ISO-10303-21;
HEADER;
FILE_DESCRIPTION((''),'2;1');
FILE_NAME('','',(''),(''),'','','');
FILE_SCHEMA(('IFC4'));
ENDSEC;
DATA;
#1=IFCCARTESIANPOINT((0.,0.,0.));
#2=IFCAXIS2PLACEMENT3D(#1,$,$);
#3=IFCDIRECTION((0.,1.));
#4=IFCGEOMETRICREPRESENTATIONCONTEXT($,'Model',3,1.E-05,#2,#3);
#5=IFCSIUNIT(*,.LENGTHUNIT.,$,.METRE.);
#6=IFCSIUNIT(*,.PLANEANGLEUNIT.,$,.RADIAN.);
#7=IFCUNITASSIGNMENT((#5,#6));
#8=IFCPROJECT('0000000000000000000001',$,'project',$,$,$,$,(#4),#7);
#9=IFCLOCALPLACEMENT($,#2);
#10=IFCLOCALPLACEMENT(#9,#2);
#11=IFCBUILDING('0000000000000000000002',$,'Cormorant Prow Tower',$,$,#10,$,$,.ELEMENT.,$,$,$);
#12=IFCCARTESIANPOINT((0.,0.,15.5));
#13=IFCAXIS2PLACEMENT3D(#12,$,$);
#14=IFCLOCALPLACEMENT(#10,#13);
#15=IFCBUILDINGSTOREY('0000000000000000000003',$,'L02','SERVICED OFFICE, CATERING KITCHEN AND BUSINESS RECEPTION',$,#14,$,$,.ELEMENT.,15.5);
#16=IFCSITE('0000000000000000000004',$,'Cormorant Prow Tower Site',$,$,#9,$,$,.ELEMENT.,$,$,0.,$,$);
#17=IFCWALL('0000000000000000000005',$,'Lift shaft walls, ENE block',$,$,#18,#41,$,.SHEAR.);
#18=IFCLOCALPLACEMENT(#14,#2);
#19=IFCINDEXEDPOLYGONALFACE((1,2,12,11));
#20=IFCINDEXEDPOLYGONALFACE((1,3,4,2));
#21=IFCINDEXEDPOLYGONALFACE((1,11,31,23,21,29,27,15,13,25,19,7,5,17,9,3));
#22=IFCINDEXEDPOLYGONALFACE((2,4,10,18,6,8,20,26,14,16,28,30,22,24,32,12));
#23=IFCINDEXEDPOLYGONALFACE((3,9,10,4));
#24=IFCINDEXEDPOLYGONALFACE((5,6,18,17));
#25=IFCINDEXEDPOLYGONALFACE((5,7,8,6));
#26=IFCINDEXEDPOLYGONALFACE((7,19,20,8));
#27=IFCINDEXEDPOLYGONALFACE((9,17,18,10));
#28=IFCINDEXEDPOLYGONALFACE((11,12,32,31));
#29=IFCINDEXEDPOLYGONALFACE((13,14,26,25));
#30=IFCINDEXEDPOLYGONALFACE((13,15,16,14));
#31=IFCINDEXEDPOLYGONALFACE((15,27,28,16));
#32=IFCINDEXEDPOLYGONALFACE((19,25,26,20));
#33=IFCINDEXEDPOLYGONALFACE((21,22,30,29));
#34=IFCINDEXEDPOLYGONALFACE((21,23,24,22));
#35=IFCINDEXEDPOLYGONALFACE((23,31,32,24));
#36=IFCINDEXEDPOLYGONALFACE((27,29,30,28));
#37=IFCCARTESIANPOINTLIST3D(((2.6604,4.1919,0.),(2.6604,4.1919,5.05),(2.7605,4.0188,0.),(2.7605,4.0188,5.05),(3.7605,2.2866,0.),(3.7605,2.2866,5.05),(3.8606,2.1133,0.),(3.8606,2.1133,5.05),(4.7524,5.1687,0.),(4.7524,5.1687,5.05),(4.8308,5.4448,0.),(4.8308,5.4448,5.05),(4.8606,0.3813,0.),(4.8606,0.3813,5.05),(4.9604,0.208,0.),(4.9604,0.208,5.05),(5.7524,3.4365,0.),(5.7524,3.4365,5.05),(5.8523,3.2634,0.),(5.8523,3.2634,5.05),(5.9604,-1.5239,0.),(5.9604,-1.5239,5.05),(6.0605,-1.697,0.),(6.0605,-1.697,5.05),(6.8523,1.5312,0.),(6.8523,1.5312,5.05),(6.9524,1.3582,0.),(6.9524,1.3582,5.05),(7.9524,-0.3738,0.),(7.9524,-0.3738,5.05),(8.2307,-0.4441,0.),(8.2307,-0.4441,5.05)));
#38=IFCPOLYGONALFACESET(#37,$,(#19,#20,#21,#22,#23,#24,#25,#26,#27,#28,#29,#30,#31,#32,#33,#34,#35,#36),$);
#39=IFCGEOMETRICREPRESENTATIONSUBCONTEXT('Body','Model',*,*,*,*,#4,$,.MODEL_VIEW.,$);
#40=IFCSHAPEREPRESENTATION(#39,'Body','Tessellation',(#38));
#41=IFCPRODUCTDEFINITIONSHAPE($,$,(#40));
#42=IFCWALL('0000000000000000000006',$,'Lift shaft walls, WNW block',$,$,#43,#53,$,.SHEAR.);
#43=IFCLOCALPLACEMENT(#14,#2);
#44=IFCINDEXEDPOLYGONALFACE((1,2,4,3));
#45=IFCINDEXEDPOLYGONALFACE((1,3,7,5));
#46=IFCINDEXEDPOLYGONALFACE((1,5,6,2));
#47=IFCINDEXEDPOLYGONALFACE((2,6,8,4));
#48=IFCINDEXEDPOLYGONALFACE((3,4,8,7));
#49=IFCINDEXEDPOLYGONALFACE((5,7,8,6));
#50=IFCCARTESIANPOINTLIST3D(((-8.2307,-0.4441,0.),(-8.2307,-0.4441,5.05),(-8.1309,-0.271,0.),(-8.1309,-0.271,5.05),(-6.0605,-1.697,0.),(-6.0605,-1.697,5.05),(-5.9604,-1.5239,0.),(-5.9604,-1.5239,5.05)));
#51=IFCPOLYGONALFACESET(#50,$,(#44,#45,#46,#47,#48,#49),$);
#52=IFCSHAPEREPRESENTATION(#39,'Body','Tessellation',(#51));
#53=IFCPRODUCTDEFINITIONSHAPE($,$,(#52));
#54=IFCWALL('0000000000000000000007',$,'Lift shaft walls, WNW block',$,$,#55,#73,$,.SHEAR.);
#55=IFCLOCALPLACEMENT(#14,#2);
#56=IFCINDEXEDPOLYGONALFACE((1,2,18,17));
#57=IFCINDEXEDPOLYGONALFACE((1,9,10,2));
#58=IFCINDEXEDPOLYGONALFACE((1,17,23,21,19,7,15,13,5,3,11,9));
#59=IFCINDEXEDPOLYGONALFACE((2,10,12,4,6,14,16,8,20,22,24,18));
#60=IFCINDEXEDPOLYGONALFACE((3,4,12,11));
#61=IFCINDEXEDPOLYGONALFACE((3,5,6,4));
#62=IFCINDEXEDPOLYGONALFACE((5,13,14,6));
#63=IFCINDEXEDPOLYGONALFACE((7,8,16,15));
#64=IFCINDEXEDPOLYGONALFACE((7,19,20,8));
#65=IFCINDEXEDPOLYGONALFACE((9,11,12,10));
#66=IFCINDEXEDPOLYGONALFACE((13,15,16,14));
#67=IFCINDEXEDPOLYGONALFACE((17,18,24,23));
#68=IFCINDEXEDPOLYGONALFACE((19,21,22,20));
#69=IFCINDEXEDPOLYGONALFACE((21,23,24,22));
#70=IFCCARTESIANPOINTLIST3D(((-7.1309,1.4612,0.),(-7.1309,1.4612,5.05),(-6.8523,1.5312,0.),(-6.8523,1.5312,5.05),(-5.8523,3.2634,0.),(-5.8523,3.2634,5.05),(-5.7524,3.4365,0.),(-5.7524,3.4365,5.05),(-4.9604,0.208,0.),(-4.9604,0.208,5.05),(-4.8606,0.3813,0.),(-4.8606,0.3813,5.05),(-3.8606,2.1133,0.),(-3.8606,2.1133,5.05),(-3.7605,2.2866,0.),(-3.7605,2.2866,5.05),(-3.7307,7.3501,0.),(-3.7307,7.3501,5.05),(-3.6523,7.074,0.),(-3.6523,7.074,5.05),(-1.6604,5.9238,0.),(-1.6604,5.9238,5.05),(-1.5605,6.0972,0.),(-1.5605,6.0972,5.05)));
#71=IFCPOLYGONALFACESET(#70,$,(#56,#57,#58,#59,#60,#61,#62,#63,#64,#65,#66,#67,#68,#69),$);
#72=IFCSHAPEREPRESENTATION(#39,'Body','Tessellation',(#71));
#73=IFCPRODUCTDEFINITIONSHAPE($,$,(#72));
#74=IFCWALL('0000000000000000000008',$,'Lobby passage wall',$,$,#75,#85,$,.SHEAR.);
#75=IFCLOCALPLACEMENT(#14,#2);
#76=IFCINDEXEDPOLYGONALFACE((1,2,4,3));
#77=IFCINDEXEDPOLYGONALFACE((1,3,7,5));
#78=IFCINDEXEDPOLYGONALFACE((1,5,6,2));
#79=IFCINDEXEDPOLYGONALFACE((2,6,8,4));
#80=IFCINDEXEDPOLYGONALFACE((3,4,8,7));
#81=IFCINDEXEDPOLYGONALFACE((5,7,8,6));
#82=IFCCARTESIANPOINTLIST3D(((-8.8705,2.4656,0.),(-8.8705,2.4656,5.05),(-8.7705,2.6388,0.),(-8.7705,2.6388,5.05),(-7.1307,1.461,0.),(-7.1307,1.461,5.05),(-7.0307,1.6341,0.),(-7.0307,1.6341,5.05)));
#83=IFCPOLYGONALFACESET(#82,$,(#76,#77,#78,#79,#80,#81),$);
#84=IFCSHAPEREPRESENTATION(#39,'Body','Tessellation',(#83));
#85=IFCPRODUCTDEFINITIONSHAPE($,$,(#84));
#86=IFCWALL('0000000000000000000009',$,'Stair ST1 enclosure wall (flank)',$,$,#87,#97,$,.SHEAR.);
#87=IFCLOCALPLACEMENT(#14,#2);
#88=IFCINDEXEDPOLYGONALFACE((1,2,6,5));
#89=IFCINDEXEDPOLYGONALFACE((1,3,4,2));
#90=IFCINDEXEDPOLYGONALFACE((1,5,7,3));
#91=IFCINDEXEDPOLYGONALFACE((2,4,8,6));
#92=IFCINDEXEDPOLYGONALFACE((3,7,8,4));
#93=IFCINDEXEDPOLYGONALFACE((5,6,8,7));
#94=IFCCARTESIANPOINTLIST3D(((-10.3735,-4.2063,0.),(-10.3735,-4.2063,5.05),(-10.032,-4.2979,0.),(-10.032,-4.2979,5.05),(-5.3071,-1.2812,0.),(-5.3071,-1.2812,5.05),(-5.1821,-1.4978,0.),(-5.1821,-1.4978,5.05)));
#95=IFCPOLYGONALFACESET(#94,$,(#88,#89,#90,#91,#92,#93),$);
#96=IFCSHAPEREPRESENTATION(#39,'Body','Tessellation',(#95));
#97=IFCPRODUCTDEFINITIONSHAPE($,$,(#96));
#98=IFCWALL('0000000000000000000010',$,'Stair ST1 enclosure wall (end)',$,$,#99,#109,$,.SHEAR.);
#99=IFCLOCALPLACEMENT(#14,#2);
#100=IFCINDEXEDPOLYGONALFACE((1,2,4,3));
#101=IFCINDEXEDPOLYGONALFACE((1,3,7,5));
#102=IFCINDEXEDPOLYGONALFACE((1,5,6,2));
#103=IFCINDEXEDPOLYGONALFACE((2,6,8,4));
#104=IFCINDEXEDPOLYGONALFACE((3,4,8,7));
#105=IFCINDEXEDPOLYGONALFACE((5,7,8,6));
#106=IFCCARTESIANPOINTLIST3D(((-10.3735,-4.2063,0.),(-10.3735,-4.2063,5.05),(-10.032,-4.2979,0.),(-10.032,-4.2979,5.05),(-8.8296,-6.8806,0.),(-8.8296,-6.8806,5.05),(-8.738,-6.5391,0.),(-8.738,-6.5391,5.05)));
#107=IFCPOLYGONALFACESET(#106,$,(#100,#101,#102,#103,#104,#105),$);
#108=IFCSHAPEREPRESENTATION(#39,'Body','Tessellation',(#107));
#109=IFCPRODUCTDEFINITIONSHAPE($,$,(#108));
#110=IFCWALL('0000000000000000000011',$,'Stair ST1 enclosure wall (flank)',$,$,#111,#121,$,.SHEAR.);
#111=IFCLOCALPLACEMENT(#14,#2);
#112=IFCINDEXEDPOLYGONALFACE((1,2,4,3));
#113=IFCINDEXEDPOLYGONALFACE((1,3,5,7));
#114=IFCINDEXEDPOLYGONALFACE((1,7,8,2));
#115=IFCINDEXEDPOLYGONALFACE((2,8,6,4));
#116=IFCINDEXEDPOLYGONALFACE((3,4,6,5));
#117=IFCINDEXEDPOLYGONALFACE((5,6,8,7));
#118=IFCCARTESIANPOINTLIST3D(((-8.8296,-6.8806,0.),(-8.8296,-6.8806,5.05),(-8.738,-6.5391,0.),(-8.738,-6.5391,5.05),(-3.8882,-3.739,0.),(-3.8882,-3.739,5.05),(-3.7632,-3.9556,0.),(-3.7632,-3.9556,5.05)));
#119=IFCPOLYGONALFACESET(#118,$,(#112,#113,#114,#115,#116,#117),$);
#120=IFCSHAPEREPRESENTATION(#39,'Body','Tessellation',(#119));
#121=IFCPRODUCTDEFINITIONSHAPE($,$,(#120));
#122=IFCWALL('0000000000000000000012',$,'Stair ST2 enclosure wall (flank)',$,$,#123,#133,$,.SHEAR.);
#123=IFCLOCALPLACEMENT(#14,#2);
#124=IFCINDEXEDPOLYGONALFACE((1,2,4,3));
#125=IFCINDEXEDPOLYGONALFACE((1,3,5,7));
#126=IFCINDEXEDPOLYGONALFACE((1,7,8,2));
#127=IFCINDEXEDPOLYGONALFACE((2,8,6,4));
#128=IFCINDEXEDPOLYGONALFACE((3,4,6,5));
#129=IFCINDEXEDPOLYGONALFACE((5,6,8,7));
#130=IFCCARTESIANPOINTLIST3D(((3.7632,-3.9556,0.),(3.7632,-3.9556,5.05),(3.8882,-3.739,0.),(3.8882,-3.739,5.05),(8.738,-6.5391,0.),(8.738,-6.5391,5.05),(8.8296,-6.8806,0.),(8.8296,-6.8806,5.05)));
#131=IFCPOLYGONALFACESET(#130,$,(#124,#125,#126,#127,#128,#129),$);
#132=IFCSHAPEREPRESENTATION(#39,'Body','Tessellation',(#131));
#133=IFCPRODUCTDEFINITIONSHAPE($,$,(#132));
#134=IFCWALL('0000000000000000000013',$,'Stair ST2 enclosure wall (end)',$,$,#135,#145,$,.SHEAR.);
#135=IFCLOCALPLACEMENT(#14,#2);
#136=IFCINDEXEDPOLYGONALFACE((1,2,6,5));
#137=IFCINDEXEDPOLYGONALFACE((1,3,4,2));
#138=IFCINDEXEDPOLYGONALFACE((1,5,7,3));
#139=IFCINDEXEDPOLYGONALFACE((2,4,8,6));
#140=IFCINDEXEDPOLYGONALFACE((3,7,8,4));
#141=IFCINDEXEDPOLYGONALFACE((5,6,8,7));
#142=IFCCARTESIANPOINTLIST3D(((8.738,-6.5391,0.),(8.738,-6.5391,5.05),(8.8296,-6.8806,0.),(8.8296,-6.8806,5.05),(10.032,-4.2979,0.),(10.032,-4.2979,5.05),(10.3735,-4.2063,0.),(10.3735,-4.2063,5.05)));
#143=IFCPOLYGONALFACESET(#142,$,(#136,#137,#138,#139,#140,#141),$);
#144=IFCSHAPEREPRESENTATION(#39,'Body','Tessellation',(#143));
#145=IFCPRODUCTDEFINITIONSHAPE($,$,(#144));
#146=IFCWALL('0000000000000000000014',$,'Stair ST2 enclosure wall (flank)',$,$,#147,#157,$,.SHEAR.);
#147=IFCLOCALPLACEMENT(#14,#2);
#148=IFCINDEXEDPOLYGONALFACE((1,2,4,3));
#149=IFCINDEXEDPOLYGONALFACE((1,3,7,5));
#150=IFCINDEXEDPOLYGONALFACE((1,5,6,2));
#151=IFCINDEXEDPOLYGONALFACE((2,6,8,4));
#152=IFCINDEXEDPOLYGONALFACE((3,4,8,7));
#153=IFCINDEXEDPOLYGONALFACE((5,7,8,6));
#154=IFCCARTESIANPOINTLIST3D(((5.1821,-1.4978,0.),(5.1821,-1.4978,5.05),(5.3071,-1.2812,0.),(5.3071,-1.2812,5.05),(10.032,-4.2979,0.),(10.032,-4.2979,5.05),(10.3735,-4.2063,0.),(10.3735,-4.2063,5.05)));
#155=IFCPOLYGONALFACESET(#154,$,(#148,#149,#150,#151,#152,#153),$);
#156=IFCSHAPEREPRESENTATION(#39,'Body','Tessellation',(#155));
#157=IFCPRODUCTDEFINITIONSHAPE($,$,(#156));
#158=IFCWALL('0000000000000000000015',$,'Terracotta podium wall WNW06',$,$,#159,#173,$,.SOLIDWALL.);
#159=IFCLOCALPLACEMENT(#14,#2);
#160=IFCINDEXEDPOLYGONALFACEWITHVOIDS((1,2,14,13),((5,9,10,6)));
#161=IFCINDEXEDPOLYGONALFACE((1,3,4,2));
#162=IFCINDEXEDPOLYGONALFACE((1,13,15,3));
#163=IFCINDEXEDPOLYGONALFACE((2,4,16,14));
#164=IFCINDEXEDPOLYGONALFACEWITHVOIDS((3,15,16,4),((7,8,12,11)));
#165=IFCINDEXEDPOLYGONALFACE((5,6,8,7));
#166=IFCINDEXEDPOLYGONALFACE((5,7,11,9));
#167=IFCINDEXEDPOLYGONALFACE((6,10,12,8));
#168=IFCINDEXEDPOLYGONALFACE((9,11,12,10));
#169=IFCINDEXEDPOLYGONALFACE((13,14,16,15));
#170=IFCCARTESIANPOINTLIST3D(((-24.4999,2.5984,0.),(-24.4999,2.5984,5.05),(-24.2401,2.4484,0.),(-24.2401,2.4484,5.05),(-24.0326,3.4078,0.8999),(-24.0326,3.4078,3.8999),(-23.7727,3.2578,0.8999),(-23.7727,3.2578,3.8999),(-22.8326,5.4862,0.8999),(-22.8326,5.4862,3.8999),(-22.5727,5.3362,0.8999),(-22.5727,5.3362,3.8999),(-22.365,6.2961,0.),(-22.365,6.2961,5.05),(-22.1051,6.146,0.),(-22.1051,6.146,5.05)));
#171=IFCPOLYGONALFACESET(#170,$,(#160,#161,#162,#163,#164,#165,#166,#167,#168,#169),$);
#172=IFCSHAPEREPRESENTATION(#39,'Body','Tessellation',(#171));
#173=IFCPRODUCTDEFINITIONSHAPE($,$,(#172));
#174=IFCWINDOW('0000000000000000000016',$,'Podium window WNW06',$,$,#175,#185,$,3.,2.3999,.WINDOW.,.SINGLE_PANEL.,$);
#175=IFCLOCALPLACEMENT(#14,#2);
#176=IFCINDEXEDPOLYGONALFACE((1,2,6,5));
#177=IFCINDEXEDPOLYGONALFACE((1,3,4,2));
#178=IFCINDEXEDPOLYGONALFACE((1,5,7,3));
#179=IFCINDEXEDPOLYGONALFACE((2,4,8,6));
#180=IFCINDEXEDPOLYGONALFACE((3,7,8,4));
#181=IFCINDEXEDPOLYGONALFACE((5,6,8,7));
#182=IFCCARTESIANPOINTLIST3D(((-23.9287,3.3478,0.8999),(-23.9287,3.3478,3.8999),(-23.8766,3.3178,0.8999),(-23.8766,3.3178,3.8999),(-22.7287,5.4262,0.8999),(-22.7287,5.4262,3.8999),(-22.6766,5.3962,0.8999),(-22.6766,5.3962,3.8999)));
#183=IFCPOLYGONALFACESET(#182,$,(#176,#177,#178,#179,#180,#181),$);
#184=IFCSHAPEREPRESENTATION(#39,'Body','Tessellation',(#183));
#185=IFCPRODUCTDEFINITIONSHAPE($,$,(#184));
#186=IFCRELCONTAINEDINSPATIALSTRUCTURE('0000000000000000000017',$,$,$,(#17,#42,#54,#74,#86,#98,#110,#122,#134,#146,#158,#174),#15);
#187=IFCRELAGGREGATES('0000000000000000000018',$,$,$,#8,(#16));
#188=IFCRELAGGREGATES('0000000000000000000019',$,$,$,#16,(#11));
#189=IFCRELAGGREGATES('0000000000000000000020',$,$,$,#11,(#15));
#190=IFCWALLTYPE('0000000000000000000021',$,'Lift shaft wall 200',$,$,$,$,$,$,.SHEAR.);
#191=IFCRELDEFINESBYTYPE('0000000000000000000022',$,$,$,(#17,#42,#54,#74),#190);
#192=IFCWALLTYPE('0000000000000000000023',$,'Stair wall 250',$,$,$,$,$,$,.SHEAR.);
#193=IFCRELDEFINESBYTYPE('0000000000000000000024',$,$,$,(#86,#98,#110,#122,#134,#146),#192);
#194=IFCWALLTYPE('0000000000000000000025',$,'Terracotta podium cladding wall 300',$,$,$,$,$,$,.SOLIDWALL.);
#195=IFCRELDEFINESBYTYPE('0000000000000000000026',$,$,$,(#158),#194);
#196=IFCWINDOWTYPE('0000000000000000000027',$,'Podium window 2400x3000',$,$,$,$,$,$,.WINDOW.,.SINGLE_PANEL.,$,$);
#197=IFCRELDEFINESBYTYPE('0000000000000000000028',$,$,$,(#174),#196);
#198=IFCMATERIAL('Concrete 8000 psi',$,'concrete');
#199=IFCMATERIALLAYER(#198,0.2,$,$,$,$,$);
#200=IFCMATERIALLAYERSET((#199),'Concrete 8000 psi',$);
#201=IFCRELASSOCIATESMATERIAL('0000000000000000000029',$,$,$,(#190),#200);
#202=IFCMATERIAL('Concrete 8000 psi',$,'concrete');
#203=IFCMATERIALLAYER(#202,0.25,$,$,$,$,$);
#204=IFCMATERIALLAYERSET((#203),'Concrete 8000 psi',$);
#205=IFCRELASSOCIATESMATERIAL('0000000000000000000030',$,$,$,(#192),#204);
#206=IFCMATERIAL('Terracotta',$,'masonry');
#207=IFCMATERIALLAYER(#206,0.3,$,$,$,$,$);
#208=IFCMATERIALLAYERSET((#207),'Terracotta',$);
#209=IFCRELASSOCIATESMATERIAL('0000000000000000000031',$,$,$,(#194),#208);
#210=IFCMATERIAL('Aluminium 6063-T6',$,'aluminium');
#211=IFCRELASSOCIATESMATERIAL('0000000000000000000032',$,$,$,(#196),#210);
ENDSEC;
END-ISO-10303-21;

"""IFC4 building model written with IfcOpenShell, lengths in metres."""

from ifc_helpers import new_model, si_unit, direction, frame, frame_2d, origin, place, context, subcontext, project, spatial, polyline, rectangle, outline, extrude, material, layer, layer_set, type_object, element, fill, save


model = new_model("IFC4")

# Units and contexts
model_context = context("Model", 3, precision=1e-05, world=origin(), true_north=direction((0.0, 1.0)))
body_context = subcontext(model_context, "Body", "Model", "MODEL_VIEW")
ifc_project = project(units=[si_unit("LENGTHUNIT", "METRE"), si_unit("PLANEANGLEUNIT", "RADIAN")], contexts=[model_context])

# Site, building, storey
site_placement = place(None, origin())
site = spatial("IfcSite", under=ifc_project, at=site_placement, Name="Cormorant Prow Tower Site", CompositionType="ELEMENT", RefElevation=0.0)
building_placement = place(site_placement, origin())
building = spatial("IfcBuilding", under=site, at=building_placement, Name="Cormorant Prow Tower", CompositionType="ELEMENT")
storey_placement = place(building_placement, frame((0.0, 0.0, 15.5)))
storey = spatial("IfcBuildingStorey", under=building, at=storey_placement, Name="L02", Description="SERVICED OFFICE, CATERING KITCHEN AND BUSINESS RECEPTION", CompositionType="ELEMENT", Elevation=15.5)

# Walls
ifc_material_1 = material(Name="Concrete 8000 psi", Category="concrete")
ifc_layer_1 = layer(ifc_material_1, 0.2)
ifc_layer_set_1 = layer_set([ifc_layer_1], Name="Concrete 8000 psi")
wall_type_1 = type_object("IfcWallType", Name="Lift shaft wall 200", PredefinedType="SHEAR", material=ifc_layer_set_1)
wall_1_placement = place(storey_placement, origin())
element("IfcWall", 1, at=wall_1_placement, inside=storey, type_object=wall_type_1, Name="Lift shaft walls, ENE block", PredefinedType="SHEAR", context=body_context, shape_type="SweptSolid", body=[
    extrude(outline(polyline([(2.6604, 4.1919), (4.8308, 5.4448), (8.2307, -0.4441), (6.0605, -1.697), (5.9604, -1.5239), (7.9524, -0.3738), (6.9524, 1.3582), (4.9604, 0.208), (4.8606, 0.3813), (6.8523, 1.5312), (5.8523, 3.2634), (3.8606, 2.1133), (3.7605, 2.2866), (5.7524, 3.4365), (4.7524, 5.1687), (2.7605, 4.0188), (2.6604, 4.1919)])), origin(), (0.0, 0.0, 1.0), 5.05),
])
wall_2_placement = place(storey_placement, origin())
element("IfcWall", 2, at=wall_2_placement, inside=storey, type_object=wall_type_1, Name="Lift shaft walls, WNW block", PredefinedType="SHEAR", context=body_context, shape_type="SweptSolid", body=[
    extrude(outline(polyline([(-6.0605, -1.697), (-8.2307, -0.4441), (-8.1309, -0.271), (-5.9604, -1.5239), (-6.0605, -1.697)])), origin(), (0.0, 0.0, 1.0), 5.05),
])
wall_3_placement = place(storey_placement, origin())
element("IfcWall", 3, at=wall_3_placement, inside=storey, type_object=wall_type_1, Name="Lift shaft walls, WNW block", PredefinedType="SHEAR", context=body_context, shape_type="SweptSolid", body=[
    extrude(outline(polyline([(-4.9604, 0.208), (-7.1309, 1.4612), (-3.7307, 7.3501), (-1.5605, 6.0972), (-1.6604, 5.9238), (-3.6523, 7.074), (-5.7524, 3.4365), (-3.7605, 2.2866), (-3.8606, 2.1133), (-5.8523, 3.2634), (-6.8523, 1.5312), (-4.8606, 0.3813), (-4.9604, 0.208)])), origin(), (0.0, 0.0, 1.0), 5.05),
])
wall_4_placement = place(storey_placement, frame((-7.0808, 1.5476, 0.0), z_axis=(0.0, 0.0, 1.0), x_axis=(-0.865983, 0.500073, 0.0)))
element("IfcWall", 4, at=wall_4_placement, inside=storey, type_object=wall_type_1, Name="Lobby passage wall", PredefinedType="SHEAR", context=body_context, shape_type="SweptSolid", body=[
    extrude(rectangle(XDim=2.009, YDim=0.2, at=frame_2d((1.0044, 0.0))), origin(), (0.0, 0.0, 1.0), 5.05),
])
ifc_material_2 = material(Name="Concrete 8000 psi", Category="concrete")
ifc_layer_2 = layer(ifc_material_2, 0.25)
ifc_layer_set_2 = layer_set([ifc_layer_2], Name="Concrete 8000 psi")
wall_type_2 = type_object("IfcWallType", Name="Stair wall 250", PredefinedType="SHEAR", material=ifc_layer_set_2)
wall_5_placement = place(storey_placement, origin())
element("IfcWall", 5, at=wall_5_placement, inside=storey, type_object=wall_type_2, Name="Stair ST1 enclosure wall (flank)", PredefinedType="SHEAR", context=body_context, shape_type="SweptSolid", body=[
    extrude(outline(polyline([(-5.3071, -1.2812), (-10.3735, -4.2063), (-10.032, -4.2979), (-5.1821, -1.4978), (-5.3071, -1.2812)])), origin(), (0.0, 0.0, 1.0), 5.05),
])
wall_6_placement = place(storey_placement, origin())
element("IfcWall", 6, at=wall_6_placement, inside=storey, type_object=wall_type_2, Name="Stair ST1 enclosure wall (end)", PredefinedType="SHEAR", context=body_context, shape_type="SweptSolid", body=[
    extrude(outline(polyline([(-10.3735, -4.2063), (-8.8296, -6.8806), (-8.738, -6.5391), (-10.032, -4.2979), (-10.3735, -4.2063)])), origin(), (0.0, 0.0, 1.0), 5.05),
])
wall_7_placement = place(storey_placement, origin())
element("IfcWall", 7, at=wall_7_placement, inside=storey, type_object=wall_type_2, Name="Stair ST1 enclosure wall (flank)", PredefinedType="SHEAR", context=body_context, shape_type="SweptSolid", body=[
    extrude(outline(polyline([(-8.738, -6.5391), (-8.8296, -6.8806), (-3.7632, -3.9556), (-3.8882, -3.739), (-8.738, -6.5391)])), origin(), (0.0, 0.0, 1.0), 5.05),
])
wall_8_placement = place(storey_placement, origin())
element("IfcWall", 8, at=wall_8_placement, inside=storey, type_object=wall_type_2, Name="Stair ST2 enclosure wall (flank)", PredefinedType="SHEAR", context=body_context, shape_type="SweptSolid", body=[
    extrude(outline(polyline([(3.7632, -3.9556), (8.8296, -6.8806), (8.738, -6.5391), (3.8882, -3.739), (3.7632, -3.9556)])), origin(), (0.0, 0.0, 1.0), 5.05),
])
wall_9_placement = place(storey_placement, origin())
element("IfcWall", 9, at=wall_9_placement, inside=storey, type_object=wall_type_2, Name="Stair ST2 enclosure wall (end)", PredefinedType="SHEAR", context=body_context, shape_type="SweptSolid", body=[
    extrude(outline(polyline([(8.8296, -6.8806), (10.3735, -4.2063), (10.032, -4.2979), (8.738, -6.5391), (8.8296, -6.8806)])), origin(), (0.0, 0.0, 1.0), 5.05),
])
wall_10_placement = place(storey_placement, origin())
element("IfcWall", 10, at=wall_10_placement, inside=storey, type_object=wall_type_2, Name="Stair ST2 enclosure wall (flank)", PredefinedType="SHEAR", context=body_context, shape_type="SweptSolid", body=[
    extrude(outline(polyline([(10.032, -4.2979), (10.3735, -4.2063), (5.3071, -1.2812), (5.1821, -1.4978), (10.032, -4.2979)])), origin(), (0.0, 0.0, 1.0), 5.05),
])

# Wall, opening, window
ifc_material_3 = material(Name="Terracotta", Category="masonry")
ifc_layer_3 = layer(ifc_material_3, 0.3)
ifc_layer_set_3 = layer_set([ifc_layer_3], Name="Terracotta")
wall_type_3 = type_object("IfcWallType", Name="Terracotta podium cladding wall 300", PredefinedType="SOLIDWALL", material=ifc_layer_set_3)
wall_11_placement = place(storey_placement, frame((-22.2351, 6.2209, 0.0), z_axis=(0.0, 0.0, 1.0), x_axis=(-0.500019, -0.866014, 0.0)))
wall_11 = element("IfcWall", 11, at=wall_11_placement, inside=storey, type_object=wall_type_3, Name="Terracotta podium wall WNW06", PredefinedType="SOLIDWALL", context=body_context, shape_type="SweptSolid", body=[
    extrude(rectangle(XDim=4.2698, YDim=0.3, at=frame_2d((2.1348, 0.0))), origin(), (0.0, 0.0, 1.0), 5.05),
])
opening_1_placement = place(wall_11_placement, frame((0.9351, 0.0, 0.8999)))
opening_1 = element("IfcOpeningElement", 12, at=opening_1_placement, cuts=wall_11, PredefinedType="OPENING", context=body_context, shape_type="SweptSolid", body=[
    extrude(rectangle(XDim=2.3999, YDim=3.0, at=frame_2d((1.2, 1.5))), frame((0.0, 0.1599, 0.0), z_axis=(0.0, -1.0, 0.0), x_axis=(1.0, 0.0, 0.0)), (0.0, 0.0, 1.0), 0.3201),
])
ifc_material_4 = material(Name="Aluminium 6063-T6", Category="aluminium")
window_type = type_object("IfcWindowType", Name="Podium window 2400x3000", PartitioningType="SINGLE_PANEL", PredefinedType="WINDOW", material=ifc_material_4)
window_1_placement = place(opening_1_placement, origin())
window_1 = element("IfcWindow", 13, at=window_1_placement, inside=storey, type_object=window_type, Name="Podium window WNW06", OverallHeight=3.0, OverallWidth=2.3999, PartitioningType="SINGLE_PANEL", PredefinedType="WINDOW", context=body_context, shape_type="SweptSolid", body=[
    extrude(rectangle(XDim=2.3999, YDim=3.0, at=frame_2d((1.2, 1.5))), frame((0.0, 0.03, 0.0), z_axis=(0.0, -1.0, 0.0), x_axis=(1.0, 0.0, 0.0)), (0.0, 0.0, 1.0), 0.0601),
])
fill(opening_1, window_1)

save(model, "model.ifc")
